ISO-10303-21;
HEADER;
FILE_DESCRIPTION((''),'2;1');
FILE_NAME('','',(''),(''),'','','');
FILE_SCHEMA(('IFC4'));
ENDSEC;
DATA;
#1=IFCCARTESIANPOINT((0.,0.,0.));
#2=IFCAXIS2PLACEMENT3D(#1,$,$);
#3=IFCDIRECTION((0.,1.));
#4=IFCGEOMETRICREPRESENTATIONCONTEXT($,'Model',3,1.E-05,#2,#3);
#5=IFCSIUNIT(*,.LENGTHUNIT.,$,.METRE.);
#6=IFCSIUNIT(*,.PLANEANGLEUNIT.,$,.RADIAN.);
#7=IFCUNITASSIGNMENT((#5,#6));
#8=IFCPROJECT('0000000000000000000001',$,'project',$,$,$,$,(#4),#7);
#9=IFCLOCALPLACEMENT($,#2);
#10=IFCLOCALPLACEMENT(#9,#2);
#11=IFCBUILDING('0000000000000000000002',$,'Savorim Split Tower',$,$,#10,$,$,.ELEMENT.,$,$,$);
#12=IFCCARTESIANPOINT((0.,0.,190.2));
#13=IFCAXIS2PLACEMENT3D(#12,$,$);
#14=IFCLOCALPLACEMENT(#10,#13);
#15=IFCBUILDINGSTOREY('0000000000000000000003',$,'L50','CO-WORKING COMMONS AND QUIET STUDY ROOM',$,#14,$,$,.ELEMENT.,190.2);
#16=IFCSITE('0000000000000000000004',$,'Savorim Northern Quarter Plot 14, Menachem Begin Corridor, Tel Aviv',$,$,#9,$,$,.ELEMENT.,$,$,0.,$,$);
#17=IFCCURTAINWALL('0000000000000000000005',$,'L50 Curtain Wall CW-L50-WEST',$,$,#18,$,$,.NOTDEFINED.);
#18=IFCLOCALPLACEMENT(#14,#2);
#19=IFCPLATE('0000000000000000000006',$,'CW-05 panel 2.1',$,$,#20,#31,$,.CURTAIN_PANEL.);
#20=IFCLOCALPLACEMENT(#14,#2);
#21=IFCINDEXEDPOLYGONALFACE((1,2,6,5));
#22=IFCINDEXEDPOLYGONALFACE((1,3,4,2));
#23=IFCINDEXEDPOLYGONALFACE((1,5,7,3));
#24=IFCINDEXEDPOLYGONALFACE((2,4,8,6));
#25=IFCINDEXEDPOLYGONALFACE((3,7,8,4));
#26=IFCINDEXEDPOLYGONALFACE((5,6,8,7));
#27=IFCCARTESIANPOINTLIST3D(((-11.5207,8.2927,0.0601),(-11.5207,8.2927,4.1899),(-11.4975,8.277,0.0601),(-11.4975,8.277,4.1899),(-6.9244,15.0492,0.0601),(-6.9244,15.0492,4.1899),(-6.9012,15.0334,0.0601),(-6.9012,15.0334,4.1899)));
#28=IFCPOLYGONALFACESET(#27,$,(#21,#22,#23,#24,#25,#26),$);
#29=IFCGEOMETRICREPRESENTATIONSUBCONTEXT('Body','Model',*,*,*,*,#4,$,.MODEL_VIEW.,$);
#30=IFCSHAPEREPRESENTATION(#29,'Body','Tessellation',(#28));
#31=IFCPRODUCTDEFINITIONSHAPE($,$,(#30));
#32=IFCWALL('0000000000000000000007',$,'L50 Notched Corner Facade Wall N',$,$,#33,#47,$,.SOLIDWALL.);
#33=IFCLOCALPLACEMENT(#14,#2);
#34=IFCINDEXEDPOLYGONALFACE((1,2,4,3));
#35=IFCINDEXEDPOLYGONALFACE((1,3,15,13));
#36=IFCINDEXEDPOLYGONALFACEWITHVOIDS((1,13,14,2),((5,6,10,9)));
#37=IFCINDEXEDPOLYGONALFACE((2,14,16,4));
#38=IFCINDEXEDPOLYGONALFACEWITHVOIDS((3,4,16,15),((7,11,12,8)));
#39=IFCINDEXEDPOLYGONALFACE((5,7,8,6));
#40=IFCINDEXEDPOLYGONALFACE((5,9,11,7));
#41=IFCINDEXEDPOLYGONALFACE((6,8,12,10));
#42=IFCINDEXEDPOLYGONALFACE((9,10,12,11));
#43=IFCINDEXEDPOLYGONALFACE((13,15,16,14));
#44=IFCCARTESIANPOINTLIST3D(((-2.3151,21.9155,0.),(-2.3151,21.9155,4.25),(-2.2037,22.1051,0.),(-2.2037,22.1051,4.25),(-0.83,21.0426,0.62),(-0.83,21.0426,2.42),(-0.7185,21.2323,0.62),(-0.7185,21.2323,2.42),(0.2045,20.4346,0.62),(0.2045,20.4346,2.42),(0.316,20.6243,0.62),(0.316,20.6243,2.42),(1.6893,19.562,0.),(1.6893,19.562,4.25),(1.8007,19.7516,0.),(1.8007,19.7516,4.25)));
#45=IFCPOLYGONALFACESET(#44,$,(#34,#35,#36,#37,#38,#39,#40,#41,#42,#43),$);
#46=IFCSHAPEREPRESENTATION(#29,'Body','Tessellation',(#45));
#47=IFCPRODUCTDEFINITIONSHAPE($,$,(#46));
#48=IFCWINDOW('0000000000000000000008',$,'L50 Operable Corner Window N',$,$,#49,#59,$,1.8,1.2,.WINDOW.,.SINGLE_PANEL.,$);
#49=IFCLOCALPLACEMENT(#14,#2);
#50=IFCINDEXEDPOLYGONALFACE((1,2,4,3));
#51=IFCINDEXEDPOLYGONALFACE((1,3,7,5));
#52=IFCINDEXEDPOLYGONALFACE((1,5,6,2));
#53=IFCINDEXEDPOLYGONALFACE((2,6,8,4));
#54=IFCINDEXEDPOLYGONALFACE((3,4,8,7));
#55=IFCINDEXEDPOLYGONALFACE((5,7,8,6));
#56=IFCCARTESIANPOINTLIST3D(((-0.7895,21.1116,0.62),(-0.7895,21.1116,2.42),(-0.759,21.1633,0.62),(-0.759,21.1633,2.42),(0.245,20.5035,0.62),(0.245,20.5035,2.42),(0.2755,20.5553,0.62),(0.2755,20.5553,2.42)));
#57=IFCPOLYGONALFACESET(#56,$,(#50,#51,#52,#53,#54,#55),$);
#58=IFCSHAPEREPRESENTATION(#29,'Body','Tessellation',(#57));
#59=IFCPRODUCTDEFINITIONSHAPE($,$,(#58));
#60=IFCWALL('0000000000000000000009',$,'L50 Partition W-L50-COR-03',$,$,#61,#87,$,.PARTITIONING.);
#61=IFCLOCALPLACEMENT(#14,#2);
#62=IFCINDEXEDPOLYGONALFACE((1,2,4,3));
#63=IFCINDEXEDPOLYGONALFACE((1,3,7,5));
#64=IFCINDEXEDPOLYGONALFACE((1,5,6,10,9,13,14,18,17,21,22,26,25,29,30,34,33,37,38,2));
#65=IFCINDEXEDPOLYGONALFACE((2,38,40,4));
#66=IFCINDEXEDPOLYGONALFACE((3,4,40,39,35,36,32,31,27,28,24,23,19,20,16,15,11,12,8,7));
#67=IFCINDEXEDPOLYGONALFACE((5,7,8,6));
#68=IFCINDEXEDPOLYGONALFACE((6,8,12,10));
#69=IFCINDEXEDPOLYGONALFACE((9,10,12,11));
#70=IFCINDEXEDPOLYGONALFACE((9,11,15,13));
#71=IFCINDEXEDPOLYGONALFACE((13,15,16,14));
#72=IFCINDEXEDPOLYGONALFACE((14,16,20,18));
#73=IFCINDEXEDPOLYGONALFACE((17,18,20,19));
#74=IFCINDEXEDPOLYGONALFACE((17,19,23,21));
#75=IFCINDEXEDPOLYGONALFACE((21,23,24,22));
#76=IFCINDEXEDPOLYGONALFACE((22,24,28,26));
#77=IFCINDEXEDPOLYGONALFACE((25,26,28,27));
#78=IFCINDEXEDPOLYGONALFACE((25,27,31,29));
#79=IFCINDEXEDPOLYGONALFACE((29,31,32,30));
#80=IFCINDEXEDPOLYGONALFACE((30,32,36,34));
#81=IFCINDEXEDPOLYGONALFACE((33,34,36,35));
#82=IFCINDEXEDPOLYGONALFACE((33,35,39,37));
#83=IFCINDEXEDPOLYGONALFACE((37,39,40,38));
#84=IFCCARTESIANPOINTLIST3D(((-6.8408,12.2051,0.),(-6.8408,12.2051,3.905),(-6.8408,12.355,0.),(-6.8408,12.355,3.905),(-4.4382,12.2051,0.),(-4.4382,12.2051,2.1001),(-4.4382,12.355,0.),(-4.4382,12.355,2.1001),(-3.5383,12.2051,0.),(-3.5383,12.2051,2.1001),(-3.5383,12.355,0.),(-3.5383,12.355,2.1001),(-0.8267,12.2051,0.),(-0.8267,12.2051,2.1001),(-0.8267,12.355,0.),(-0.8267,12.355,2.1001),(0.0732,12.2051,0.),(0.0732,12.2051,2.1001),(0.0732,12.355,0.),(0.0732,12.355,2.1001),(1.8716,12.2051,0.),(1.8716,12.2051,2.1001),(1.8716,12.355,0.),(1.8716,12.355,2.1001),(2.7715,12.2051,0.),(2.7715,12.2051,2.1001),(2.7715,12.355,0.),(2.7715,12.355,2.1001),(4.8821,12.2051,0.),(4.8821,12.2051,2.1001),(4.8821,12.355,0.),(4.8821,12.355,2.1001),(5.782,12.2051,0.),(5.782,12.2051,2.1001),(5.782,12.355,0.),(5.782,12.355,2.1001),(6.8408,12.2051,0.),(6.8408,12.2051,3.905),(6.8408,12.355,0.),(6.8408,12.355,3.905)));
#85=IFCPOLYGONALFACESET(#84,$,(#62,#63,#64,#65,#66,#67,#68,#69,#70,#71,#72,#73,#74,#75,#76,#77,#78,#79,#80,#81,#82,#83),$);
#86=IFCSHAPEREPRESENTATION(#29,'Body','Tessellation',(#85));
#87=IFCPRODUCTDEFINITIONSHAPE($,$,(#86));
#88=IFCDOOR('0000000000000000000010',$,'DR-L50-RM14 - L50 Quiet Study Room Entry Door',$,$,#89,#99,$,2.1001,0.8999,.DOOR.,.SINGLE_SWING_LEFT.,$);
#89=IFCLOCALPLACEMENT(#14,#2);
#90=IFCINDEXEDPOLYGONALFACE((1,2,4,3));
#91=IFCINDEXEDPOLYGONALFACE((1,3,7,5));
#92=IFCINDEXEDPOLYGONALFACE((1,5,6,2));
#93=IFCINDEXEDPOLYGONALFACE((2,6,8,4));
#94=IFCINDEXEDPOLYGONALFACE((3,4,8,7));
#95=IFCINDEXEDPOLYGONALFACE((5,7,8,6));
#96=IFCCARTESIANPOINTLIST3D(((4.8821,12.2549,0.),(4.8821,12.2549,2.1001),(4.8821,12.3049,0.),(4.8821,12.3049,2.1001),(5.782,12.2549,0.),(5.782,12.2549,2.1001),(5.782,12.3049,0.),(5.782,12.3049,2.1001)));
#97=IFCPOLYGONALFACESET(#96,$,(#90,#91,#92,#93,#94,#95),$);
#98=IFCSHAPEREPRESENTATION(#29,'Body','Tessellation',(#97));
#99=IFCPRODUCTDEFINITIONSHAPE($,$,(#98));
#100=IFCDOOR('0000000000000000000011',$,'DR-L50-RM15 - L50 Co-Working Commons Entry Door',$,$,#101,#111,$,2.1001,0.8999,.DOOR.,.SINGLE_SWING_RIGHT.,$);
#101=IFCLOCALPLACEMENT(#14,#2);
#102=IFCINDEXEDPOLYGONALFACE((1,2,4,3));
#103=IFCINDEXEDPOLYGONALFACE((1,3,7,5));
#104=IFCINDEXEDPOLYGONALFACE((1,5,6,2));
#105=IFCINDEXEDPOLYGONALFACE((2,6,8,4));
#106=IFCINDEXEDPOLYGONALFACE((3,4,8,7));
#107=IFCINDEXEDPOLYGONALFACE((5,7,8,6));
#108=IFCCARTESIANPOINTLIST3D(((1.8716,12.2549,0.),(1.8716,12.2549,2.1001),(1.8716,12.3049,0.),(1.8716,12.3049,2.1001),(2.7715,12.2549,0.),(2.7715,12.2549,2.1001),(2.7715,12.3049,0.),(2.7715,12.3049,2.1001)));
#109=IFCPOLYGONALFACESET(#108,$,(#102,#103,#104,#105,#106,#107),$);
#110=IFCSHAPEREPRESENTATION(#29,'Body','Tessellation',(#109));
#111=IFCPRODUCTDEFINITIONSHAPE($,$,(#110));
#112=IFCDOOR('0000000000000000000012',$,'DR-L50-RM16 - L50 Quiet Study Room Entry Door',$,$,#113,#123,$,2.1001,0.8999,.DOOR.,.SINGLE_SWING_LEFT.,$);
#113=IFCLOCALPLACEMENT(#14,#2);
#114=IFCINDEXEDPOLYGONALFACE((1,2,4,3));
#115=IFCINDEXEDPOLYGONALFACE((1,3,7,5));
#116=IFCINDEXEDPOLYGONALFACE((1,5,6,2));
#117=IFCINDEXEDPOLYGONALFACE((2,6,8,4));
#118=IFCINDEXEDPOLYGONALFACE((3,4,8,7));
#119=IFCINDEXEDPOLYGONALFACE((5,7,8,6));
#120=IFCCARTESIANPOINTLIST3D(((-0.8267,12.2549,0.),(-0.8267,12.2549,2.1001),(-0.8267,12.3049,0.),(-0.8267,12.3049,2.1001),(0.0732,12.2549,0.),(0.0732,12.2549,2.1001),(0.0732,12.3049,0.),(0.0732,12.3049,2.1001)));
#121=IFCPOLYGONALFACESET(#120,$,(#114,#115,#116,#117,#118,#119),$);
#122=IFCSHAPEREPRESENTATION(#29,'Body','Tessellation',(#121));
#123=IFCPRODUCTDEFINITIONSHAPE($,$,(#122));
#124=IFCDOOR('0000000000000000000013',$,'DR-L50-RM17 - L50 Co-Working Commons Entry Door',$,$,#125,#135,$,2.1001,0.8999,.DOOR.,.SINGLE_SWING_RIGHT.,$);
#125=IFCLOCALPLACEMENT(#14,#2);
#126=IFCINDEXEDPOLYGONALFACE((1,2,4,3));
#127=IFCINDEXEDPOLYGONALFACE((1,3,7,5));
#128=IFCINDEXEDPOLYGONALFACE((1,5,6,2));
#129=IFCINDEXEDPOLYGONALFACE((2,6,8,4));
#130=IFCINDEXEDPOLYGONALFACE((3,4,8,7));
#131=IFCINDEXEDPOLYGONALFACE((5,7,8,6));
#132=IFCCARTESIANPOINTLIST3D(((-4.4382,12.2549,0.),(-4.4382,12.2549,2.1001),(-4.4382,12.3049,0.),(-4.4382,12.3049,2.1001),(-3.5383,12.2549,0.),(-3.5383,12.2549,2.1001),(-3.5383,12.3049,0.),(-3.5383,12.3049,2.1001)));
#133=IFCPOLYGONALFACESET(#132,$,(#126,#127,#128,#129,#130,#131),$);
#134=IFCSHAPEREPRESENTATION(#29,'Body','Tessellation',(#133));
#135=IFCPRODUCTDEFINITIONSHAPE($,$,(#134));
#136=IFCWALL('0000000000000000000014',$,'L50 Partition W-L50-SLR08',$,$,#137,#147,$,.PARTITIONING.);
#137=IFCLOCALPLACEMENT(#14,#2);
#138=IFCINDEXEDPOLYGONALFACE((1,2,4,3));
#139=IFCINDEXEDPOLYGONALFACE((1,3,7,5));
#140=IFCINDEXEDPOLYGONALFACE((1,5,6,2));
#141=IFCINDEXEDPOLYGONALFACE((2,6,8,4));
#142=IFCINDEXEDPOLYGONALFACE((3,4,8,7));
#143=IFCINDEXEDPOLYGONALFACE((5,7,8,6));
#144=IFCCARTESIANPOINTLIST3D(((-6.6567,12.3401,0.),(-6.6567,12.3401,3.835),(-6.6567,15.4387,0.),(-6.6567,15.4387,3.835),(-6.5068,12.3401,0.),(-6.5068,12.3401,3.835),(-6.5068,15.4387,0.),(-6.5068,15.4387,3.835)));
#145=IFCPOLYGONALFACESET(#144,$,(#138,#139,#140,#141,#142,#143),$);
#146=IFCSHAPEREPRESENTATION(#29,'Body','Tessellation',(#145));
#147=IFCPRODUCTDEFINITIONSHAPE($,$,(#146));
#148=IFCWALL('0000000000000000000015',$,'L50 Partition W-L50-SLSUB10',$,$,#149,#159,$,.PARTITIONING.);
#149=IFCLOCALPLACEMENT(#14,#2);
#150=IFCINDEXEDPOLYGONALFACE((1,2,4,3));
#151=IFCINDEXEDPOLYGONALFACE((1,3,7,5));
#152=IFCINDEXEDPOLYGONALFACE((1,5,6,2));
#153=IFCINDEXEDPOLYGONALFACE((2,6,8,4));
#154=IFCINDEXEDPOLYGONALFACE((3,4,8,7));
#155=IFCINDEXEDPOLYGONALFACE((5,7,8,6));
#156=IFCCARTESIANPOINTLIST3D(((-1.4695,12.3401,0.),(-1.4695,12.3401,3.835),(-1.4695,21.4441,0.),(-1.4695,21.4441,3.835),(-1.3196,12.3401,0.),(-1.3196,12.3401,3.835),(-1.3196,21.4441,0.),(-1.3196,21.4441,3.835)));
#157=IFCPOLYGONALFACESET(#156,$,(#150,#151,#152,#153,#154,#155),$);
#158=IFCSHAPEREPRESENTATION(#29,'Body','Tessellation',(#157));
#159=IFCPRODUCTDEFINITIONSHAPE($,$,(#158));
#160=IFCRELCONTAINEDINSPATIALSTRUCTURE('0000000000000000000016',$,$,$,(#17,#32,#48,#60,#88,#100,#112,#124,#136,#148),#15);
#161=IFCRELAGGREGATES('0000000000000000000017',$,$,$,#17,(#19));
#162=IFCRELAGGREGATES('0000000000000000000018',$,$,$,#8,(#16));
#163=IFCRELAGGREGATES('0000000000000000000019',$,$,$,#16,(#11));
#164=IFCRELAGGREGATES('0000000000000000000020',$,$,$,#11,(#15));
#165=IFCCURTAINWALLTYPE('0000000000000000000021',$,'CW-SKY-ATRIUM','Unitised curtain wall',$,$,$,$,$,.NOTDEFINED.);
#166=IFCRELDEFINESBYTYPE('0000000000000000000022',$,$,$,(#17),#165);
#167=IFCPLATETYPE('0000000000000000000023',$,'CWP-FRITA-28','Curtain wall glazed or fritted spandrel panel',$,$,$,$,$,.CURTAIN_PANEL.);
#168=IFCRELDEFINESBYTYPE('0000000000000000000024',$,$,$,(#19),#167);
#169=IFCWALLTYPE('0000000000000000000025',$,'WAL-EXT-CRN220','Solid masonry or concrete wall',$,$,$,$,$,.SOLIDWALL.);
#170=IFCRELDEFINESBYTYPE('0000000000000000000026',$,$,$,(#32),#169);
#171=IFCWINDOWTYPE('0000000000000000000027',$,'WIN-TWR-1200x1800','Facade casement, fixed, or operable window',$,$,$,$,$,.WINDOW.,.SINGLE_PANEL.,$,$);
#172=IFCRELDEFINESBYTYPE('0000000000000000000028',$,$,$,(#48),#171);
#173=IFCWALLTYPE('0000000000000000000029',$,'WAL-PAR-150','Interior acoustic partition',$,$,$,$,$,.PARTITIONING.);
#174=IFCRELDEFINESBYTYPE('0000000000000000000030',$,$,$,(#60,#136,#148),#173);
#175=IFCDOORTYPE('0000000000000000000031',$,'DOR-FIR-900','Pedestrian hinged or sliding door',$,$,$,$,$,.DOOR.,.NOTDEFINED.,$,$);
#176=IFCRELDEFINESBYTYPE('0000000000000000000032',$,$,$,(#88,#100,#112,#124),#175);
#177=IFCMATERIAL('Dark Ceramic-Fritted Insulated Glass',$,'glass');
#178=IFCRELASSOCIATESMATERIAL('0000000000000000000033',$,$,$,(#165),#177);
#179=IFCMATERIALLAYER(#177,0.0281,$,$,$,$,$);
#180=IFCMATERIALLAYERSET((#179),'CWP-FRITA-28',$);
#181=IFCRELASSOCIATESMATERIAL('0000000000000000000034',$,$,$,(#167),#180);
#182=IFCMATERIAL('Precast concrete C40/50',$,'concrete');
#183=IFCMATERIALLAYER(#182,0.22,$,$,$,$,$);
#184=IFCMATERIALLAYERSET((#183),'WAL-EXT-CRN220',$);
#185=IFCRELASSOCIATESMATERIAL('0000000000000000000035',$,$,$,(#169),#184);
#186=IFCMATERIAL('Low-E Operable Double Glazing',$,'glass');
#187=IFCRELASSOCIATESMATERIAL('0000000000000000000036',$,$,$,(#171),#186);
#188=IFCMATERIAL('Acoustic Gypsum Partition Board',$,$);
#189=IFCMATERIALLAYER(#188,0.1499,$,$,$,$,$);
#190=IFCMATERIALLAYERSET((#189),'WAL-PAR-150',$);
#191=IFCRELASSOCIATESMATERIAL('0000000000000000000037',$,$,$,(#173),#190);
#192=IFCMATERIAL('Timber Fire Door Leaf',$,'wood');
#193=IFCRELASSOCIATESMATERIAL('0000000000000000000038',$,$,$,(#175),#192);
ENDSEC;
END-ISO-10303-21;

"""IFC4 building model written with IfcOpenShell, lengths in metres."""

from ifc_helpers import new_model, si_unit, direction, frame, frame_2d, origin, origin_2d, place, context, subcontext, project, spatial, rectangle, extrude, material, layer, layer_set, type_object, element, fill, aggregate, save


model = new_model("IFC4")

# Units and contexts
model_context = context("Model", 3, precision=1e-05, world=origin(), true_north=direction((0.0, 1.0)))
body_context = subcontext(model_context, "Body", "Model", "MODEL_VIEW")
ifc_project = project(units=[si_unit("LENGTHUNIT", "METRE"), si_unit("PLANEANGLEUNIT", "RADIAN")], contexts=[model_context])

# Site, building, storey
site_placement = place(None, origin())
site = spatial("IfcSite", under=ifc_project, at=site_placement, Name="Savorim Northern Quarter Plot 14, Menachem Begin Corridor, Tel Aviv", CompositionType="ELEMENT", RefElevation=0.0)
building_placement = place(site_placement, origin())
building = spatial("IfcBuilding", under=site, at=building_placement, Name="Savorim Split Tower", CompositionType="ELEMENT")
storey_placement = place(building_placement, frame((0.0, 0.0, 190.2)))
storey = spatial("IfcBuildingStorey", under=building, at=storey_placement, Name="L50", Description="CO-WORKING COMMONS AND QUIET STUDY ROOM", CompositionType="ELEMENT", Elevation=190.2)

# Curtain wall, plate
ifc_material_1 = material(Name="Dark Ceramic-Fritted Insulated Glass", Category="glass")
curtain_wall_type = type_object("IfcCurtainWallType", Name="CW-SKY-ATRIUM", Description="Unitised curtain wall", PredefinedType="NOTDEFINED", material=ifc_material_1)
curtain_wall_placement = place(storey_placement, origin())
curtain_wall = element("IfcCurtainWall", 1, at=curtain_wall_placement, inside=storey, type_object=curtain_wall_type, Name="L50 Curtain Wall CW-L50-WEST", PredefinedType="NOTDEFINED")
ifc_layer_1 = layer(ifc_material_1, 0.0281)
ifc_layer_set_1 = layer_set([ifc_layer_1], Name="CWP-FRITA-28")
plate_type = type_object("IfcPlateType", Name="CWP-FRITA-28", Description="Curtain wall glazed or fritted spandrel panel", PredefinedType="CURTAIN_PANEL", material=ifc_layer_set_1)
plate_1_placement = place(storey_placement, frame((-9.2109, 11.6631, 0.0601), z_axis=(0.0, 0.0, 1.0), x_axis=(-0.562466, -0.82682, 0.0)))
plate_1 = element("IfcPlate", 2, at=plate_1_placement, type_object=plate_type, Name="CW-05 panel 2.1", PredefinedType="CURTAIN_PANEL", context=body_context, shape_type="SweptSolid", body=[
    extrude(rectangle(XDim=8.1716, YDim=0.0281, at=origin_2d()), origin(), (0.0, 0.0, 1.0), 4.1299),
])
aggregate(curtain_wall, [plate_1])

# Wall, opening, window
ifc_material_2 = material(Name="Precast concrete C40/50", Category="concrete")
ifc_layer_2 = layer(ifc_material_2, 0.22)
ifc_layer_set_2 = layer_set([ifc_layer_2], Name="WAL-EXT-CRN220")
wall_type_1 = type_object("IfcWallType", Name="WAL-EXT-CRN220", Description="Solid masonry or concrete wall", PredefinedType="SOLIDWALL", material=ifc_layer_set_2)
wall_1_placement = place(storey_placement, frame((-2.2593, 22.0103, 0.0), z_axis=(0.0, 0.0, 1.0), x_axis=(0.862123, -0.506699, 0.0)))
wall_1 = element("IfcWall", 3, at=wall_1_placement, inside=storey, type_object=wall_type_1, Name="L50 Notched Corner Facade Wall N", PredefinedType="SOLIDWALL", context=body_context, shape_type="SweptSolid", body=[
    extrude(rectangle(XDim=4.6448, YDim=0.22, at=frame_2d((2.3223, 0.0))), origin(), (0.0, 0.0, 1.0), 4.25),
])
opening_1_placement = place(wall_1_placement, frame((1.7224, 0.0, 0.6201)))
opening_1 = element("IfcOpeningElement", 4, at=opening_1_placement, cuts=wall_1, PredefinedType="OPENING", context=body_context, shape_type="SweptSolid", body=[
    extrude(rectangle(XDim=1.2, YDim=1.8, at=frame_2d((0.6001, 0.8999))), frame((0.0, 0.1199, 0.0), z_axis=(0.0, -1.0, 0.0), x_axis=(1.0, 0.0, 0.0)), (0.0, 0.0, 1.0), 0.24),
])
ifc_material_3 = material(Name="Low-E Operable Double Glazing", Category="glass")
window_type = type_object("IfcWindowType", Name="WIN-TWR-1200x1800", Description="Facade casement, fixed, or operable window", PartitioningType="SINGLE_PANEL", PredefinedType="WINDOW", material=ifc_material_3)
window_placement = place(opening_1_placement, origin())
window = element("IfcWindow", 5, at=window_placement, inside=storey, type_object=window_type, Name="L50 Operable Corner Window N", OverallHeight=1.8, OverallWidth=1.2, PartitioningType="SINGLE_PANEL", PredefinedType="WINDOW", context=body_context, shape_type="SweptSolid", body=[
    extrude(rectangle(XDim=1.2, YDim=1.8, at=frame_2d((0.6001, 0.8999))), frame((0.0, 0.03, 0.0), z_axis=(0.0, -1.0, 0.0), x_axis=(1.0, 0.0, 0.0)), (0.0, 0.0, 1.0), 0.0601),
])
fill(opening_1, window)

# Wall, openings, doors
ifc_material_4 = material(Name="Acoustic Gypsum Partition Board")
ifc_layer_3 = layer(ifc_material_4, 0.1499)
ifc_layer_set_3 = layer_set([ifc_layer_3], Name="WAL-PAR-150")
wall_type_2 = type_object("IfcWallType", Name="WAL-PAR-150", Description="Interior acoustic partition", PredefinedType="PARTITIONING", material=ifc_layer_set_3)
wall_2_placement = place(storey_placement, frame((-6.8408, 12.28, 0.0), z_axis=(0.0, 0.0, 1.0), x_axis=(1.0, 0.0, 0.0)))
wall_2 = element("IfcWall", 6, at=wall_2_placement, inside=storey, type_object=wall_type_2, Name="L50 Partition W-L50-COR-03", PredefinedType="PARTITIONING", context=body_context, shape_type="SweptSolid", body=[
    extrude(rectangle(XDim=13.6816, YDim=0.1499, at=frame_2d((6.8408, 0.0))), origin(), (0.0, 0.0, 1.0), 3.905),
])
opening_2_placement = place(wall_2_placement, frame((11.7229, 0.0, 0.0)))
opening_2 = element("IfcOpeningElement", 7, at=opening_2_placement, cuts=wall_2, PredefinedType="OPENING", context=body_context, shape_type="SweptSolid", body=[
    extrude(rectangle(XDim=0.8999, YDim=2.1001, at=frame_2d((0.45, 1.05))), frame((0.0, 0.085, 0.0), z_axis=(0.0, -1.0, 0.0), x_axis=(1.0, 0.0, 0.0)), (0.0, 0.0, 1.0), 0.1699),
])
opening_3_placement = place(wall_2_placement, frame((8.7124, 0.0, 0.0)))
opening_3 = element("IfcOpeningElement", 8, at=opening_3_placement, cuts=wall_2, PredefinedType="OPENING", context=body_context, shape_type="SweptSolid", body=[
    extrude(rectangle(XDim=0.8999, YDim=2.1001, at=frame_2d((0.45, 1.05))), frame((0.0, 0.085, 0.0), z_axis=(0.0, -1.0, 0.0), x_axis=(1.0, 0.0, 0.0)), (0.0, 0.0, 1.0), 0.1699),
])
opening_4_placement = place(wall_2_placement, frame((6.0142, 0.0, 0.0)))
opening_4 = element("IfcOpeningElement", 9, at=opening_4_placement, cuts=wall_2, PredefinedType="OPENING", context=body_context, shape_type="SweptSolid", body=[
    extrude(rectangle(XDim=0.8999, YDim=2.1001, at=frame_2d((0.45, 1.05))), frame((0.0, 0.085, 0.0), z_axis=(0.0, -1.0, 0.0), x_axis=(1.0, 0.0, 0.0)), (0.0, 0.0, 1.0), 0.1699),
])
opening_5_placement = place(wall_2_placement, frame((2.4026, 0.0, 0.0)))
opening_5 = element("IfcOpeningElement", 10, at=opening_5_placement, cuts=wall_2, PredefinedType="OPENING", context=body_context, shape_type="SweptSolid", body=[
    extrude(rectangle(XDim=0.8999, YDim=2.1001, at=frame_2d((0.45, 1.05))), frame((0.0, 0.085, 0.0), z_axis=(0.0, -1.0, 0.0), x_axis=(1.0, 0.0, 0.0)), (0.0, 0.0, 1.0), 0.1699),
])
ifc_material_5 = material(Name="Timber Fire Door Leaf", Category="wood")
door_type = type_object("IfcDoorType", Name="DOR-FIR-900", Description="Pedestrian hinged or sliding door", OperationType="NOTDEFINED", PredefinedType="DOOR", material=ifc_material_5)
door_1_placement = place(opening_2_placement, origin())
door_1 = element("IfcDoor", 11, at=door_1_placement, inside=storey, type_object=door_type, Name="DR-L50-RM14 - L50 Quiet Study Room Entry Door", OperationType="SINGLE_SWING_LEFT", OverallHeight=2.1001, OverallWidth=0.8999, PredefinedType="DOOR", context=body_context, shape_type="SweptSolid", body=[
    extrude(rectangle(XDim=0.8999, YDim=2.1001, at=frame_2d((0.45, 1.05))), frame((0.0, 0.0249, 0.0), z_axis=(0.0, -1.0, 0.0), x_axis=(1.0, 0.0, 0.0)), (0.0, 0.0, 1.0), 0.05),
])
fill(opening_2, door_1)
door_2_placement = place(opening_3_placement, origin())
door_2 = element("IfcDoor", 12, at=door_2_placement, inside=storey, type_object=door_type, Name="DR-L50-RM15 - L50 Co-Working Commons Entry Door", OperationType="SINGLE_SWING_RIGHT", OverallHeight=2.1001, OverallWidth=0.8999, PredefinedType="DOOR", context=body_context, shape_type="SweptSolid", body=[
    extrude(rectangle(XDim=0.8999, YDim=2.1001, at=frame_2d((0.45, 1.05))), frame((0.0, 0.0249, 0.0), z_axis=(0.0, -1.0, 0.0), x_axis=(1.0, 0.0, 0.0)), (0.0, 0.0, 1.0), 0.05),
])
fill(opening_3, door_2)
door_3_placement = place(opening_4_placement, origin())
door_3 = element("IfcDoor", 13, at=door_3_placement, inside=storey, type_object=door_type, Name="DR-L50-RM16 - L50 Quiet Study Room Entry Door", OperationType="SINGLE_SWING_LEFT", OverallHeight=2.1001, OverallWidth=0.8999, PredefinedType="DOOR", context=body_context, shape_type="SweptSolid", body=[
    extrude(rectangle(XDim=0.8999, YDim=2.1001, at=frame_2d((0.45, 1.05))), frame((0.0, 0.0249, 0.0), z_axis=(0.0, -1.0, 0.0), x_axis=(1.0, 0.0, 0.0)), (0.0, 0.0, 1.0), 0.05),
])
fill(opening_4, door_3)
door_4_placement = place(opening_5_placement, origin())
door_4 = element("IfcDoor", 14, at=door_4_placement, inside=storey, type_object=door_type, Name="DR-L50-RM17 - L50 Co-Working Commons Entry Door", OperationType="SINGLE_SWING_RIGHT", OverallHeight=2.1001, OverallWidth=0.8999, PredefinedType="DOOR", context=body_context, shape_type="SweptSolid", body=[
    extrude(rectangle(XDim=0.8999, YDim=2.1001, at=frame_2d((0.45, 1.05))), frame((0.0, 0.0249, 0.0), z_axis=(0.0, -1.0, 0.0), x_axis=(1.0, 0.0, 0.0)), (0.0, 0.0, 1.0), 0.05),
])
fill(opening_5, door_4)

# Walls
wall_3_placement = place(storey_placement, frame((-6.5818, 12.3401, 0.0), z_axis=(0.0, 0.0, 1.0), x_axis=(0.0, 1.0, 0.0)))
element("IfcWall", 15, at=wall_3_placement, inside=storey, type_object=wall_type_2, Name="L50 Partition W-L50-SLR08", PredefinedType="PARTITIONING", context=body_context, shape_type="SweptSolid", body=[
    extrude(rectangle(XDim=3.0986, YDim=0.1499, at=frame_2d((1.5493, 0.0))), origin(), (0.0, 0.0, 1.0), 3.835),
])
wall_4_placement = place(storey_placement, frame((-1.3945, 12.3401, 0.0), z_axis=(0.0, 0.0, 1.0), x_axis=(0.0, 1.0, 0.0)))
element("IfcWall", 16, at=wall_4_placement, inside=storey, type_object=wall_type_2, Name="L50 Partition W-L50-SLSUB10", PredefinedType="PARTITIONING", context=body_context, shape_type="SweptSolid", body=[
    extrude(rectangle(XDim=9.104, YDim=0.1499, at=frame_2d((4.552, 0.0))), origin(), (0.0, 0.0, 1.0), 3.835),
])

save(model, "model.ifc")
